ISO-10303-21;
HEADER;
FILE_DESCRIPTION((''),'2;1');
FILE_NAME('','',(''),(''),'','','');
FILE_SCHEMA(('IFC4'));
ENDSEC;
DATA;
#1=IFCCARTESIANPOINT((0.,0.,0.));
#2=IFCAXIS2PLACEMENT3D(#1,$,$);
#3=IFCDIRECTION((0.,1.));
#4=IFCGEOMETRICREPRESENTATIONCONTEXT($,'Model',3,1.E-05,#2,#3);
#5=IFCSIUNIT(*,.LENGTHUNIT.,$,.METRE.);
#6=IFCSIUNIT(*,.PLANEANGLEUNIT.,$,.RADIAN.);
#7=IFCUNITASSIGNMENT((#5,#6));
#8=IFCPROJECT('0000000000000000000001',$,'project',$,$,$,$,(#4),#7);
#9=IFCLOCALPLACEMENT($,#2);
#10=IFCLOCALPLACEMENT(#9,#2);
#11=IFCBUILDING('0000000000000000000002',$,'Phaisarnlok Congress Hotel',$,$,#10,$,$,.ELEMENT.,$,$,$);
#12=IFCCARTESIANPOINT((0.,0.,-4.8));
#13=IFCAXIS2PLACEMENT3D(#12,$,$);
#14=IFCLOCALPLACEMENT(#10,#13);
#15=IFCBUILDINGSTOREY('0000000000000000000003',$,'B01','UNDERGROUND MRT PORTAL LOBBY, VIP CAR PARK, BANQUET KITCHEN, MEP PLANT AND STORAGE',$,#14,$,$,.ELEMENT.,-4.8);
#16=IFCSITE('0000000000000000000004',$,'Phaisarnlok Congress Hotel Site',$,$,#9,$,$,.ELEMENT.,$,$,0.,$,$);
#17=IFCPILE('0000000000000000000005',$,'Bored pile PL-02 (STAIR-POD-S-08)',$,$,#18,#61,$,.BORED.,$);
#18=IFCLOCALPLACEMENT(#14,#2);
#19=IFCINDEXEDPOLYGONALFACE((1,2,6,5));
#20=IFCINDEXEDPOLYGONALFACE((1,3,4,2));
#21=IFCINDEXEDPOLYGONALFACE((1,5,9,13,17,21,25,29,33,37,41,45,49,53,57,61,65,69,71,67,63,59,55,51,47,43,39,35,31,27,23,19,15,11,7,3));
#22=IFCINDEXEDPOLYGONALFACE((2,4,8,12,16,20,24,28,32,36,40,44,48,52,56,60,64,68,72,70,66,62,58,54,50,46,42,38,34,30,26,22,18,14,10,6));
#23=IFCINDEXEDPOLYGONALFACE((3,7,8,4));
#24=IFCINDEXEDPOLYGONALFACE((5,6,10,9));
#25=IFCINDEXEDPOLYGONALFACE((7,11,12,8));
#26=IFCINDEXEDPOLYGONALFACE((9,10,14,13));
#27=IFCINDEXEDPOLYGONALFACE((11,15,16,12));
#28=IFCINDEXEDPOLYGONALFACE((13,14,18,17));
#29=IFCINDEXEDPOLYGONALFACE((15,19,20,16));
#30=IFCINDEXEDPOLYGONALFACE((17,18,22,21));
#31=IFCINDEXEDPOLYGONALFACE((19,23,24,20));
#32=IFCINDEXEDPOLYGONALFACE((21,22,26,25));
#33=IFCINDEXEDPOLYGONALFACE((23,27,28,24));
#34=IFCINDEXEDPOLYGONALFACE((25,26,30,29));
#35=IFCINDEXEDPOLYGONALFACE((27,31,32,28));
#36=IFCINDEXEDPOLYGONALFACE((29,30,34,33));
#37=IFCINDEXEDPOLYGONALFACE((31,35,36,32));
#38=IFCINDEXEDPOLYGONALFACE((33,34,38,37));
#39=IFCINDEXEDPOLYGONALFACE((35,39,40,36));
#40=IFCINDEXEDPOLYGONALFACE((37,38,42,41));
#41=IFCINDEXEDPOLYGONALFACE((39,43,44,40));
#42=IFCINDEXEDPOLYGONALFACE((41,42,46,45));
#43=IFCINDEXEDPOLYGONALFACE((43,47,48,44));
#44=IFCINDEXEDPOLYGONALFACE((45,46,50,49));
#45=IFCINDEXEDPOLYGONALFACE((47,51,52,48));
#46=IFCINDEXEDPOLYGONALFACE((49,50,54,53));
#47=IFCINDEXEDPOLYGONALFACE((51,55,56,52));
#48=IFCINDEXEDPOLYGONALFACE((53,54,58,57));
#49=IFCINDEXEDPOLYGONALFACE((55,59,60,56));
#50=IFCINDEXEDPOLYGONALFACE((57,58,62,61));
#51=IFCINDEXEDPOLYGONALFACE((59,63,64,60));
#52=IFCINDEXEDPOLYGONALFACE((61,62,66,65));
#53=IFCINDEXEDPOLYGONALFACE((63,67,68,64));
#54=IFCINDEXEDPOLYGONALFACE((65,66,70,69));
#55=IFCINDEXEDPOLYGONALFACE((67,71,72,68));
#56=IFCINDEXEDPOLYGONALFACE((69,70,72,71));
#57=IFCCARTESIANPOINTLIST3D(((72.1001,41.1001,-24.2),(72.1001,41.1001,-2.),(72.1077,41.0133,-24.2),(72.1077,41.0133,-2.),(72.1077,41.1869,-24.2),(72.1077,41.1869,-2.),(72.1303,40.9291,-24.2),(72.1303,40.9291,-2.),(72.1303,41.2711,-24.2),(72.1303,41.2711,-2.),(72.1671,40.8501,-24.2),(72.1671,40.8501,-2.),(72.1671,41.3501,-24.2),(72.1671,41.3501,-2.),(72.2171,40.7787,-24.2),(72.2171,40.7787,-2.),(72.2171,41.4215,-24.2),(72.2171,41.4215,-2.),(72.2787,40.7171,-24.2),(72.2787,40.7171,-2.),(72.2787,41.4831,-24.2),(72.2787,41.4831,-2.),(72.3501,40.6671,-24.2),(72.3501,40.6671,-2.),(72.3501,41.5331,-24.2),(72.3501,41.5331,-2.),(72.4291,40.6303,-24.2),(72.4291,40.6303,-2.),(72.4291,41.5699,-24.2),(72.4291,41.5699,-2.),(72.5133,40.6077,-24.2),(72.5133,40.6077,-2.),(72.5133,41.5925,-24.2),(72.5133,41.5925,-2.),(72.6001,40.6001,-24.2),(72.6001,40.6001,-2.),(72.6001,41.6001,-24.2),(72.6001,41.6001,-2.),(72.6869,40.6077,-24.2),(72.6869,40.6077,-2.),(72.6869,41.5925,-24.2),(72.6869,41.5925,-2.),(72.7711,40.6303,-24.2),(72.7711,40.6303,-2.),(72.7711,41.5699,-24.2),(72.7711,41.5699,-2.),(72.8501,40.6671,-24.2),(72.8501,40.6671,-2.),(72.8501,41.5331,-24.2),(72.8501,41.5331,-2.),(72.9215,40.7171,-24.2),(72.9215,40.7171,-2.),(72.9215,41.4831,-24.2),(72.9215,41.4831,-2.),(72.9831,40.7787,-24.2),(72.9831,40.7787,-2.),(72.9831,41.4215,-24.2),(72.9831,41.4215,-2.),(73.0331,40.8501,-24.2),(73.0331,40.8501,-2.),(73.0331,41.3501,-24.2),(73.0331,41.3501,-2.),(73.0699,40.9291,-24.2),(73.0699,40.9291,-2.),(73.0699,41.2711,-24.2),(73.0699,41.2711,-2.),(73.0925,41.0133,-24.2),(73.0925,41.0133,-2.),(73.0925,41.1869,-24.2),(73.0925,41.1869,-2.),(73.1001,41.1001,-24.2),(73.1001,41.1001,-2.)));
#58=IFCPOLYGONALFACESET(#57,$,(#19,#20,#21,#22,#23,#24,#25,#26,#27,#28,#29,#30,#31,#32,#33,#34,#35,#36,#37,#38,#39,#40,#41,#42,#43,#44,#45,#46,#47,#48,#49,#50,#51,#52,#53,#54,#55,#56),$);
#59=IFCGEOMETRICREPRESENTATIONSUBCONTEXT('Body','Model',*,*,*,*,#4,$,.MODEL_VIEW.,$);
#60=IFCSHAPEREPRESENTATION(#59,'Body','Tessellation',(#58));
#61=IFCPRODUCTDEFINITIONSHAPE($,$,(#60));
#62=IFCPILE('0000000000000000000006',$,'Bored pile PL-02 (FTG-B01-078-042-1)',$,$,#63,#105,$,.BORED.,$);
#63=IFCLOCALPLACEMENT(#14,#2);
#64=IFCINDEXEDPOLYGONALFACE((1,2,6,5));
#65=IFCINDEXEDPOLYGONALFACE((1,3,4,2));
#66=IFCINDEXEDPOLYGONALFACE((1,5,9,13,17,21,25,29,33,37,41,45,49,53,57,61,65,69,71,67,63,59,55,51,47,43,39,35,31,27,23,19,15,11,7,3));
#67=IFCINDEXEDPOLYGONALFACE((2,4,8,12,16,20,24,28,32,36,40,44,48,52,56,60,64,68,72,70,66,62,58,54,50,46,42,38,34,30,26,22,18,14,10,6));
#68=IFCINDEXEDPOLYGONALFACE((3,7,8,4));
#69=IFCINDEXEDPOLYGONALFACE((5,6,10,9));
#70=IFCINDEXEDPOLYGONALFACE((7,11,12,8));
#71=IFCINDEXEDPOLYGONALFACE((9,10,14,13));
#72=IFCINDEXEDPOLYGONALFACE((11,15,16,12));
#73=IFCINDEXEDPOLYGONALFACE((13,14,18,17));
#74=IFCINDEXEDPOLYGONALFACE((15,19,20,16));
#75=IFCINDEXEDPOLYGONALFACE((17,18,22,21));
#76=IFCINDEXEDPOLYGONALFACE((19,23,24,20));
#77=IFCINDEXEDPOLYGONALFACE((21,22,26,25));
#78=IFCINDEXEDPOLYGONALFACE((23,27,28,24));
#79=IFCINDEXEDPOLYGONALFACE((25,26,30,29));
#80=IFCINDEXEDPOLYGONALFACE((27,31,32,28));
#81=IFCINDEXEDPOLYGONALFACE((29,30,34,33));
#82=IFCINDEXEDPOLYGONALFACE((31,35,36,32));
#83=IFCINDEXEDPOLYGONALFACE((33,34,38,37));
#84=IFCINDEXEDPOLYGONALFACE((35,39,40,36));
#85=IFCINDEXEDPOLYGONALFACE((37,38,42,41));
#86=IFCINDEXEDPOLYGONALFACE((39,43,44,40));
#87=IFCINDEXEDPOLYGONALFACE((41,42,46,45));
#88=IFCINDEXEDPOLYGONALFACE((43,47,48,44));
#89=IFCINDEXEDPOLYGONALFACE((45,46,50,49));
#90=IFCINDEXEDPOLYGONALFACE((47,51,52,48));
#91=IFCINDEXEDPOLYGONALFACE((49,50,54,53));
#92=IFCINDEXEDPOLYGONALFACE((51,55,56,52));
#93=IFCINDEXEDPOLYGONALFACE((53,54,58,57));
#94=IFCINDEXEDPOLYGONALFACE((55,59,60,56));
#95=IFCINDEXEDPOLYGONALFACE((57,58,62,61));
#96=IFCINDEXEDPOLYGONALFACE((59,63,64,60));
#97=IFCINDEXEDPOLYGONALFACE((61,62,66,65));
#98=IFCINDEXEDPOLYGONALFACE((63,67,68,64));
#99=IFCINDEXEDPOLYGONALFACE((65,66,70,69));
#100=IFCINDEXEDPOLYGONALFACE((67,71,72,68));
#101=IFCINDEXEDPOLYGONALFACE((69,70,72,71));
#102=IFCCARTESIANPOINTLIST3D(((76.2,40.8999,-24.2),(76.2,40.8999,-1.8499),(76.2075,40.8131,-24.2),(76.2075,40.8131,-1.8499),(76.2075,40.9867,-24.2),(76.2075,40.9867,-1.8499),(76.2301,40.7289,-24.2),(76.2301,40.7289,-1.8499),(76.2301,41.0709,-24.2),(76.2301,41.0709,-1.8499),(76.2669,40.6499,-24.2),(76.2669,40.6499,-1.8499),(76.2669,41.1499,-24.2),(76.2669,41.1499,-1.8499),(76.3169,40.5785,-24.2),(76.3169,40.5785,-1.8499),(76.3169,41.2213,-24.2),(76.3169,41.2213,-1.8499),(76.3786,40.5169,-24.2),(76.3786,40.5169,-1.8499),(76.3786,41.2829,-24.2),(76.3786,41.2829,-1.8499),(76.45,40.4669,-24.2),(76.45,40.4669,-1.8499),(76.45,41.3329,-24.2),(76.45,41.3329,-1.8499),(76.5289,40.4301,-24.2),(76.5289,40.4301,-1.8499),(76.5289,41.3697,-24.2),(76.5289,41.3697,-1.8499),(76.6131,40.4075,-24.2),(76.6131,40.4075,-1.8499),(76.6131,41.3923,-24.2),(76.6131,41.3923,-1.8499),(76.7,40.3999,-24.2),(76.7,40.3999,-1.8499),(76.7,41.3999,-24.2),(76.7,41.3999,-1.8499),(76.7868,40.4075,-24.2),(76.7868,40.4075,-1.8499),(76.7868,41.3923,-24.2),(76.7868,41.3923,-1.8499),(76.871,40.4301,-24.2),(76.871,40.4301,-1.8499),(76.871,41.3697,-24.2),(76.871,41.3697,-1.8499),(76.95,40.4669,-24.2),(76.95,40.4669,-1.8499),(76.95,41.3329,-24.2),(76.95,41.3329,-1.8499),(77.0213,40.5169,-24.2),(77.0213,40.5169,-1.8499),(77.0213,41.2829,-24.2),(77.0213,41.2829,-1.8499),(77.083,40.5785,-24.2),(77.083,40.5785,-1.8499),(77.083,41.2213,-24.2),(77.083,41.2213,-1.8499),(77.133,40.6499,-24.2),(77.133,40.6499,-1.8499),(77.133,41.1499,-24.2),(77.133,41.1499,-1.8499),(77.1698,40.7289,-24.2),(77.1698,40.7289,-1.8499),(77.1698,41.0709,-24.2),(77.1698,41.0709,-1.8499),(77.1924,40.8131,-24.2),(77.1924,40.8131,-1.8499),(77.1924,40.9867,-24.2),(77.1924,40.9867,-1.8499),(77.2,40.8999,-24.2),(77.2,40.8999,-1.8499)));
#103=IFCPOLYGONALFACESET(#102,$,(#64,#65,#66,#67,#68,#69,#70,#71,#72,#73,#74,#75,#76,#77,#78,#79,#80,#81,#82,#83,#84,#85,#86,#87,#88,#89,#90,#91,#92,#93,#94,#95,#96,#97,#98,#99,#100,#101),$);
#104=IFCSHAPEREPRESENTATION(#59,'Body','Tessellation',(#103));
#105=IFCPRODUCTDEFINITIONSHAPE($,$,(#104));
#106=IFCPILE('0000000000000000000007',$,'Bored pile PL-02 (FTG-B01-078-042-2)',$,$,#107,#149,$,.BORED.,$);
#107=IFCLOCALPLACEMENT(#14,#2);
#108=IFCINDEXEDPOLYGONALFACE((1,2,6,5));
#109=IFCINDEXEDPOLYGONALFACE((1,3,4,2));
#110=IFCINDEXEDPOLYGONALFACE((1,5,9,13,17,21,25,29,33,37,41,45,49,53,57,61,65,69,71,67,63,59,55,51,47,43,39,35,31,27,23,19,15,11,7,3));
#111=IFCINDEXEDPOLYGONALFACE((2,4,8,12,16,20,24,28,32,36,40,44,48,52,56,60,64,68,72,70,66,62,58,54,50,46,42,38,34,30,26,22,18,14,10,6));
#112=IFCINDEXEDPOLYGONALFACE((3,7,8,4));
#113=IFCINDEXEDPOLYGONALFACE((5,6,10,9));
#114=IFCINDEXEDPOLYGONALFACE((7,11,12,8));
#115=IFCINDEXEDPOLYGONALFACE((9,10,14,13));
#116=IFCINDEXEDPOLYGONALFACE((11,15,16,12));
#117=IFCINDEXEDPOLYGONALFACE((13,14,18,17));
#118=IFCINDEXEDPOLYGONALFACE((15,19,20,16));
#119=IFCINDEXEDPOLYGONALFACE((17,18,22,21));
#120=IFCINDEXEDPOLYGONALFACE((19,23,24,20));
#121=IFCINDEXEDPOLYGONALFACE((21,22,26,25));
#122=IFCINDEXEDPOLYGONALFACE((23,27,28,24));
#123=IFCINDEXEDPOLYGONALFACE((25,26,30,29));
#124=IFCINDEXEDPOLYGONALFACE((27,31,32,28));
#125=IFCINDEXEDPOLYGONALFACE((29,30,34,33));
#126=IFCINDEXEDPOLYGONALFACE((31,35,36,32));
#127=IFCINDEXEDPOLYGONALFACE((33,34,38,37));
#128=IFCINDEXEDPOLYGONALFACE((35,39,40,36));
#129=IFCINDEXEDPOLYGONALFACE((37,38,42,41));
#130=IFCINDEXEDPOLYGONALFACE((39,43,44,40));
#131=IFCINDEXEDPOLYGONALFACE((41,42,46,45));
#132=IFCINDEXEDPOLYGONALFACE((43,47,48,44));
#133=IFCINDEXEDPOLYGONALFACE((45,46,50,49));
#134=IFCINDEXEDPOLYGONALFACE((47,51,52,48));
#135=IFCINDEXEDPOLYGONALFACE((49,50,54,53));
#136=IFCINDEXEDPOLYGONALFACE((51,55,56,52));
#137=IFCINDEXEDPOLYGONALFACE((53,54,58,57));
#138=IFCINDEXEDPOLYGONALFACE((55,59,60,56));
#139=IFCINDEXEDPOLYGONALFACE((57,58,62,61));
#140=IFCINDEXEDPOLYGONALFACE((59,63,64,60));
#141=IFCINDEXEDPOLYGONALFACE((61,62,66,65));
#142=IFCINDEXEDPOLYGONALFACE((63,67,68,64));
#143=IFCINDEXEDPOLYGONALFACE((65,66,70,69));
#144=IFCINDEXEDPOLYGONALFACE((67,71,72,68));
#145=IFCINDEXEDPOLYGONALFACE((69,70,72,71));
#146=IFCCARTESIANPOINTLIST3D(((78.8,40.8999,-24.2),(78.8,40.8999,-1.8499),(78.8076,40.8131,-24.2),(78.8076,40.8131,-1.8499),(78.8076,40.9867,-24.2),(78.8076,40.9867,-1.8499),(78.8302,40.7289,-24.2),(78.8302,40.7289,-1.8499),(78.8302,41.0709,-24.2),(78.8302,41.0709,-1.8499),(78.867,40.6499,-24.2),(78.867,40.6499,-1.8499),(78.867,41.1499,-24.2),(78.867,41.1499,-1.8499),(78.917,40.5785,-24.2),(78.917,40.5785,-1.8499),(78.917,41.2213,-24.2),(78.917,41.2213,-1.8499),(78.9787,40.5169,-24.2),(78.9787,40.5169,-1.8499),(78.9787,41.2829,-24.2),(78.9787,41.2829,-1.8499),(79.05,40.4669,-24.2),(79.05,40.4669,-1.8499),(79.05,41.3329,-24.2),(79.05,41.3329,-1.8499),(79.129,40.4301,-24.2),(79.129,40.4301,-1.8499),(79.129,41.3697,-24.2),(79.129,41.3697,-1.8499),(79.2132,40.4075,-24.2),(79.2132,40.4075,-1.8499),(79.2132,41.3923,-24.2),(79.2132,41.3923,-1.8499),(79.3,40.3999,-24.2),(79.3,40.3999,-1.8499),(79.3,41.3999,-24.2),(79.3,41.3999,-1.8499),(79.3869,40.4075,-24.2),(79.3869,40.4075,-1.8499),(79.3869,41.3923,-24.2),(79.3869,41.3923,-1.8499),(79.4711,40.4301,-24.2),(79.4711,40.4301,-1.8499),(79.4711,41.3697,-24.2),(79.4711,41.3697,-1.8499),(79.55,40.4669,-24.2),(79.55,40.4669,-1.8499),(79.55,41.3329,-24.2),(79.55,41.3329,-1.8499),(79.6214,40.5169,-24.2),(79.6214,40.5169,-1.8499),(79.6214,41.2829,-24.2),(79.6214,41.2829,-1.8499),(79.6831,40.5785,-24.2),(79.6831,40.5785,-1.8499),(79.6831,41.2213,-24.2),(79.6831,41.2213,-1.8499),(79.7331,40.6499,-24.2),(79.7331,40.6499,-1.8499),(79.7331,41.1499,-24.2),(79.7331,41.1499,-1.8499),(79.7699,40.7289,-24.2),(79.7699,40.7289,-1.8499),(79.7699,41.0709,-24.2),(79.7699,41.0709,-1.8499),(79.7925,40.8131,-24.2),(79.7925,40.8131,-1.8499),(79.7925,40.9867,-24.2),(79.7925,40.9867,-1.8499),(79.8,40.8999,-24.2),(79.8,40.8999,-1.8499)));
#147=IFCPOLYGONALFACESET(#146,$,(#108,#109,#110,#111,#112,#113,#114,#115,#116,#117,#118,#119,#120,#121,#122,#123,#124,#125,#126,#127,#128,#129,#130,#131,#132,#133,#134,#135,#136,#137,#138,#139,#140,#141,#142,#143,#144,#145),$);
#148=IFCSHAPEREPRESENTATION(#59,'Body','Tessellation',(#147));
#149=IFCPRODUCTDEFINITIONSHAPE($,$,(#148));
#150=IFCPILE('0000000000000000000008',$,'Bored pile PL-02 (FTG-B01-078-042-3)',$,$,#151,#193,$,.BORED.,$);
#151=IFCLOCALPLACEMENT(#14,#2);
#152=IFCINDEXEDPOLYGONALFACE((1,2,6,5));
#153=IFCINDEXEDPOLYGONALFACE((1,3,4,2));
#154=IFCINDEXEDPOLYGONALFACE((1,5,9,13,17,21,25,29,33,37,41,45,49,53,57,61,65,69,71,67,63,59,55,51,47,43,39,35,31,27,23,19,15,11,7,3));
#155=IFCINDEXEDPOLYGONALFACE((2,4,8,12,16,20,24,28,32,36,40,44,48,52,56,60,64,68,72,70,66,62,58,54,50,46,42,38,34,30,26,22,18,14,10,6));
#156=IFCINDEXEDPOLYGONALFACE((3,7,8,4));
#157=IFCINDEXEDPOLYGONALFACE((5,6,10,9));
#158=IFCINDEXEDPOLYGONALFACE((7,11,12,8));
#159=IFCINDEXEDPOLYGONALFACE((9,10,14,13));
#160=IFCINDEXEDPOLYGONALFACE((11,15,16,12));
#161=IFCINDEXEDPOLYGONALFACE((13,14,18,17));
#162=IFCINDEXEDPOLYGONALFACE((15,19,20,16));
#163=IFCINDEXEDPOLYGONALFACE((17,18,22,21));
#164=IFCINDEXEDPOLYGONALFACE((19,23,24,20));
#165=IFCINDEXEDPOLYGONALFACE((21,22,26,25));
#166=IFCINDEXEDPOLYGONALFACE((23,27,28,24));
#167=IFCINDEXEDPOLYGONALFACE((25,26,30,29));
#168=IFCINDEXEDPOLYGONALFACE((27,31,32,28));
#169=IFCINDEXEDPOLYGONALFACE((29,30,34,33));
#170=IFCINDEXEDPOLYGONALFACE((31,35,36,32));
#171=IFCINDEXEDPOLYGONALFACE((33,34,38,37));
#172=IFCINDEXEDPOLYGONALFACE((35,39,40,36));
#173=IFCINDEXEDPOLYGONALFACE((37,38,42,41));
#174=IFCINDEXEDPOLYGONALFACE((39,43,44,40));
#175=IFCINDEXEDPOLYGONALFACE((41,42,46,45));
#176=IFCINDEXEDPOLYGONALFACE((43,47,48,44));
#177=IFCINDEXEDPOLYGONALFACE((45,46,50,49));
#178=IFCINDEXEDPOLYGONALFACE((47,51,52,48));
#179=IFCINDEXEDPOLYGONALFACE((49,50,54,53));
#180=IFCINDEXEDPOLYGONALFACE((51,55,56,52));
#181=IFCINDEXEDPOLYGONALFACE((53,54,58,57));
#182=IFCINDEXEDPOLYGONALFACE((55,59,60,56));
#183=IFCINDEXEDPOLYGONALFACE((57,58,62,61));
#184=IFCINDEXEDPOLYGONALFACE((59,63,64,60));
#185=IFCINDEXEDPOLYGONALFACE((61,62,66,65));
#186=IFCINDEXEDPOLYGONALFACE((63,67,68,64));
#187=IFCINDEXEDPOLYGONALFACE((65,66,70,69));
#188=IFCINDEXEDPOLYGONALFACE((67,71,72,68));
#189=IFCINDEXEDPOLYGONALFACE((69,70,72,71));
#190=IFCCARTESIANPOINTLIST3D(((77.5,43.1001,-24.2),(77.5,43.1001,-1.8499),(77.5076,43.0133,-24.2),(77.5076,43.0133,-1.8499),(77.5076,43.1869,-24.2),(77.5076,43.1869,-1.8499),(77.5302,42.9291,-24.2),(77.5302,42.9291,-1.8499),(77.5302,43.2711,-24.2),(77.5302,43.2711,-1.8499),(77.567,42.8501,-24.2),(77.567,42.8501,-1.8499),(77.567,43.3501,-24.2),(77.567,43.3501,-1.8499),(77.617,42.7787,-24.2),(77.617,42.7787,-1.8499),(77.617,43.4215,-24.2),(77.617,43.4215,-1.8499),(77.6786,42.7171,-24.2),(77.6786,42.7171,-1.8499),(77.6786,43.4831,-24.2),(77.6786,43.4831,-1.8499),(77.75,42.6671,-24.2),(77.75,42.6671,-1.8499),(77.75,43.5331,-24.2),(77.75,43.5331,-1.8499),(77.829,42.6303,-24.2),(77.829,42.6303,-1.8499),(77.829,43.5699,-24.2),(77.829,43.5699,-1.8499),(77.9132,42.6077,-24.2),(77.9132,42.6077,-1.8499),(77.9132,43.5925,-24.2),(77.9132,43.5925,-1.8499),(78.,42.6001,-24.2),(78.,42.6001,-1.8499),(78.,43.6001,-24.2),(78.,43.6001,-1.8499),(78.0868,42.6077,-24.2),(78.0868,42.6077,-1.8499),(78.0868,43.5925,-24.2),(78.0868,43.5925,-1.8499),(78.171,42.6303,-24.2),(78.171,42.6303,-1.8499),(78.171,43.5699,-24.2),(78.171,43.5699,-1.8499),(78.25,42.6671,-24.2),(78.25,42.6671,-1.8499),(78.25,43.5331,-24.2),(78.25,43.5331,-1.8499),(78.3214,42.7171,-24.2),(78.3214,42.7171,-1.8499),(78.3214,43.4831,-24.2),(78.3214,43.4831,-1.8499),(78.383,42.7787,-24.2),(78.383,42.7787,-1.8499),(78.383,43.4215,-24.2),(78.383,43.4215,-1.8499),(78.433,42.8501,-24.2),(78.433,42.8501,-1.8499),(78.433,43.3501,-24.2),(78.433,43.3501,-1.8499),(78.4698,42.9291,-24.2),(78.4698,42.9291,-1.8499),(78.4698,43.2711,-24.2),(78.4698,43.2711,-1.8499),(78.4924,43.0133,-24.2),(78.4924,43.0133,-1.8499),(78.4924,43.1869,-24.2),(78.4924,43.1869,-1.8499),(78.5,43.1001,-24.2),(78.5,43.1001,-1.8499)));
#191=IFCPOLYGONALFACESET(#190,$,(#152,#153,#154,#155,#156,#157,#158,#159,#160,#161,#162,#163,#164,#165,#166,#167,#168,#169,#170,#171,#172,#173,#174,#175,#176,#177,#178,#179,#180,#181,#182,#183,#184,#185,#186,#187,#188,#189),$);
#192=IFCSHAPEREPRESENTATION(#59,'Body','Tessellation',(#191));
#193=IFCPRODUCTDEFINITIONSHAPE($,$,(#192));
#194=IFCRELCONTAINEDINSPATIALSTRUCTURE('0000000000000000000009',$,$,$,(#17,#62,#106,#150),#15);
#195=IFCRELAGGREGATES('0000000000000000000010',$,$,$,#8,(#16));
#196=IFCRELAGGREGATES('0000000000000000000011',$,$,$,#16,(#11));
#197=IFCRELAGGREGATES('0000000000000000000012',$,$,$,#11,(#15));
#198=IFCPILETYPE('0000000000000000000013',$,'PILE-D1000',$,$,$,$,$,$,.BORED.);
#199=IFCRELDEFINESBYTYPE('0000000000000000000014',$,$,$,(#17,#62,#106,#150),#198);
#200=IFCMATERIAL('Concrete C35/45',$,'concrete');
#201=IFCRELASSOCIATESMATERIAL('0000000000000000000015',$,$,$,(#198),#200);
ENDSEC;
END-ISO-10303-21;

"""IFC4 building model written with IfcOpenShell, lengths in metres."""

from ifc_helpers import new_model, si_unit, direction, frame, origin, origin_2d, place, context, subcontext, project, spatial, circle, extrude, material, material_profile, profile_set, type_object, element, save


model = new_model("IFC4")

# Units and contexts
model_context = context("Model", 3, precision=1e-05, world=origin(), true_north=direction((0.0, 1.0)))
body_context = subcontext(model_context, "Body", "Model", "MODEL_VIEW")
ifc_project = project(units=[si_unit("LENGTHUNIT", "METRE"), si_unit("PLANEANGLEUNIT", "RADIAN")], contexts=[model_context])

# Site, building, storey
site_placement = place(None, origin())
site = spatial("IfcSite", under=ifc_project, at=site_placement, Name="Phaisarnlok Congress Hotel Site", CompositionType="ELEMENT", RefElevation=0.0)
building_placement = place(site_placement, origin())
building = spatial("IfcBuilding", under=site, at=building_placement, Name="Phaisarnlok Congress Hotel", CompositionType="ELEMENT")
storey_placement = place(building_placement, frame((0.0, 0.0, -4.8)))
storey = spatial("IfcBuildingStorey", under=building, at=storey_placement, Name="B01", Description="UNDERGROUND MRT PORTAL LOBBY, VIP CAR PARK, BANQUET KITCHEN, MEP PLANT AND STORAGE", CompositionType="ELEMENT", Elevation=-4.8)

# Piles
ifc_material_1 = material(Name="Concrete C35/45", Category="concrete")
ifc_material_profile_1 = material_profile(ifc_material_1, circle(Radius=0.5, at=origin_2d()), Name="BORED PILE D1000")
ifc_profile_set_1 = profile_set([ifc_material_profile_1], Name="Concrete C35/45")
pile_type_1 = type_object("IfcPileType", Name="PILE-D1000", PredefinedType="BORED", material=ifc_profile_set_1)
for number, where, z_axis, x_axis, name in (
    (1, (72.6001, 41.1001, -2.0), (0.0, 0.0, -1.0), (1.0, 0.0, 0.0), "Bored pile PL-02 (STAIR-POD-S-08)"),
):
    element("IfcPile", number, at=place(storey_placement, frame(where, z_axis=z_axis, x_axis=x_axis)), inside=storey, type_object=pile_type_1, Name=name, PredefinedType="BORED", context=body_context, shape_type="SweptSolid", body=[
        extrude(circle(Radius=0.5, at=origin_2d()), origin(), (0.0, 0.0, 1.0), 22.2),
    ])
for number, where, z_axis, x_axis, name in (
    (2, (76.7, 40.8999, -1.8499), (0.0, 0.0, -1.0), (1.0, 0.0, 0.0), "Bored pile PL-02 (FTG-B01-078-042-1)"),
    (3, (79.3, 40.8999, -1.8499), (0.0, 0.0, -1.0), (1.0, 0.0, 0.0), "Bored pile PL-02 (FTG-B01-078-042-2)"),
    (4, (78.0, 43.1001, -1.8499), (0.0, 0.0, -1.0), (1.0, 0.0, 0.0), "Bored pile PL-02 (FTG-B01-078-042-3)"),
):
    element("IfcPile", number, at=place(storey_placement, frame(where, z_axis=z_axis, x_axis=x_axis)), inside=storey, type_object=pile_type_1, Name=name, PredefinedType="BORED", context=body_context, shape_type="SweptSolid", body=[
        extrude(circle(Radius=0.5, at=origin_2d()), origin(), (0.0, 0.0, 1.0), 22.3501),
    ])

save(model, "model.ifc")
